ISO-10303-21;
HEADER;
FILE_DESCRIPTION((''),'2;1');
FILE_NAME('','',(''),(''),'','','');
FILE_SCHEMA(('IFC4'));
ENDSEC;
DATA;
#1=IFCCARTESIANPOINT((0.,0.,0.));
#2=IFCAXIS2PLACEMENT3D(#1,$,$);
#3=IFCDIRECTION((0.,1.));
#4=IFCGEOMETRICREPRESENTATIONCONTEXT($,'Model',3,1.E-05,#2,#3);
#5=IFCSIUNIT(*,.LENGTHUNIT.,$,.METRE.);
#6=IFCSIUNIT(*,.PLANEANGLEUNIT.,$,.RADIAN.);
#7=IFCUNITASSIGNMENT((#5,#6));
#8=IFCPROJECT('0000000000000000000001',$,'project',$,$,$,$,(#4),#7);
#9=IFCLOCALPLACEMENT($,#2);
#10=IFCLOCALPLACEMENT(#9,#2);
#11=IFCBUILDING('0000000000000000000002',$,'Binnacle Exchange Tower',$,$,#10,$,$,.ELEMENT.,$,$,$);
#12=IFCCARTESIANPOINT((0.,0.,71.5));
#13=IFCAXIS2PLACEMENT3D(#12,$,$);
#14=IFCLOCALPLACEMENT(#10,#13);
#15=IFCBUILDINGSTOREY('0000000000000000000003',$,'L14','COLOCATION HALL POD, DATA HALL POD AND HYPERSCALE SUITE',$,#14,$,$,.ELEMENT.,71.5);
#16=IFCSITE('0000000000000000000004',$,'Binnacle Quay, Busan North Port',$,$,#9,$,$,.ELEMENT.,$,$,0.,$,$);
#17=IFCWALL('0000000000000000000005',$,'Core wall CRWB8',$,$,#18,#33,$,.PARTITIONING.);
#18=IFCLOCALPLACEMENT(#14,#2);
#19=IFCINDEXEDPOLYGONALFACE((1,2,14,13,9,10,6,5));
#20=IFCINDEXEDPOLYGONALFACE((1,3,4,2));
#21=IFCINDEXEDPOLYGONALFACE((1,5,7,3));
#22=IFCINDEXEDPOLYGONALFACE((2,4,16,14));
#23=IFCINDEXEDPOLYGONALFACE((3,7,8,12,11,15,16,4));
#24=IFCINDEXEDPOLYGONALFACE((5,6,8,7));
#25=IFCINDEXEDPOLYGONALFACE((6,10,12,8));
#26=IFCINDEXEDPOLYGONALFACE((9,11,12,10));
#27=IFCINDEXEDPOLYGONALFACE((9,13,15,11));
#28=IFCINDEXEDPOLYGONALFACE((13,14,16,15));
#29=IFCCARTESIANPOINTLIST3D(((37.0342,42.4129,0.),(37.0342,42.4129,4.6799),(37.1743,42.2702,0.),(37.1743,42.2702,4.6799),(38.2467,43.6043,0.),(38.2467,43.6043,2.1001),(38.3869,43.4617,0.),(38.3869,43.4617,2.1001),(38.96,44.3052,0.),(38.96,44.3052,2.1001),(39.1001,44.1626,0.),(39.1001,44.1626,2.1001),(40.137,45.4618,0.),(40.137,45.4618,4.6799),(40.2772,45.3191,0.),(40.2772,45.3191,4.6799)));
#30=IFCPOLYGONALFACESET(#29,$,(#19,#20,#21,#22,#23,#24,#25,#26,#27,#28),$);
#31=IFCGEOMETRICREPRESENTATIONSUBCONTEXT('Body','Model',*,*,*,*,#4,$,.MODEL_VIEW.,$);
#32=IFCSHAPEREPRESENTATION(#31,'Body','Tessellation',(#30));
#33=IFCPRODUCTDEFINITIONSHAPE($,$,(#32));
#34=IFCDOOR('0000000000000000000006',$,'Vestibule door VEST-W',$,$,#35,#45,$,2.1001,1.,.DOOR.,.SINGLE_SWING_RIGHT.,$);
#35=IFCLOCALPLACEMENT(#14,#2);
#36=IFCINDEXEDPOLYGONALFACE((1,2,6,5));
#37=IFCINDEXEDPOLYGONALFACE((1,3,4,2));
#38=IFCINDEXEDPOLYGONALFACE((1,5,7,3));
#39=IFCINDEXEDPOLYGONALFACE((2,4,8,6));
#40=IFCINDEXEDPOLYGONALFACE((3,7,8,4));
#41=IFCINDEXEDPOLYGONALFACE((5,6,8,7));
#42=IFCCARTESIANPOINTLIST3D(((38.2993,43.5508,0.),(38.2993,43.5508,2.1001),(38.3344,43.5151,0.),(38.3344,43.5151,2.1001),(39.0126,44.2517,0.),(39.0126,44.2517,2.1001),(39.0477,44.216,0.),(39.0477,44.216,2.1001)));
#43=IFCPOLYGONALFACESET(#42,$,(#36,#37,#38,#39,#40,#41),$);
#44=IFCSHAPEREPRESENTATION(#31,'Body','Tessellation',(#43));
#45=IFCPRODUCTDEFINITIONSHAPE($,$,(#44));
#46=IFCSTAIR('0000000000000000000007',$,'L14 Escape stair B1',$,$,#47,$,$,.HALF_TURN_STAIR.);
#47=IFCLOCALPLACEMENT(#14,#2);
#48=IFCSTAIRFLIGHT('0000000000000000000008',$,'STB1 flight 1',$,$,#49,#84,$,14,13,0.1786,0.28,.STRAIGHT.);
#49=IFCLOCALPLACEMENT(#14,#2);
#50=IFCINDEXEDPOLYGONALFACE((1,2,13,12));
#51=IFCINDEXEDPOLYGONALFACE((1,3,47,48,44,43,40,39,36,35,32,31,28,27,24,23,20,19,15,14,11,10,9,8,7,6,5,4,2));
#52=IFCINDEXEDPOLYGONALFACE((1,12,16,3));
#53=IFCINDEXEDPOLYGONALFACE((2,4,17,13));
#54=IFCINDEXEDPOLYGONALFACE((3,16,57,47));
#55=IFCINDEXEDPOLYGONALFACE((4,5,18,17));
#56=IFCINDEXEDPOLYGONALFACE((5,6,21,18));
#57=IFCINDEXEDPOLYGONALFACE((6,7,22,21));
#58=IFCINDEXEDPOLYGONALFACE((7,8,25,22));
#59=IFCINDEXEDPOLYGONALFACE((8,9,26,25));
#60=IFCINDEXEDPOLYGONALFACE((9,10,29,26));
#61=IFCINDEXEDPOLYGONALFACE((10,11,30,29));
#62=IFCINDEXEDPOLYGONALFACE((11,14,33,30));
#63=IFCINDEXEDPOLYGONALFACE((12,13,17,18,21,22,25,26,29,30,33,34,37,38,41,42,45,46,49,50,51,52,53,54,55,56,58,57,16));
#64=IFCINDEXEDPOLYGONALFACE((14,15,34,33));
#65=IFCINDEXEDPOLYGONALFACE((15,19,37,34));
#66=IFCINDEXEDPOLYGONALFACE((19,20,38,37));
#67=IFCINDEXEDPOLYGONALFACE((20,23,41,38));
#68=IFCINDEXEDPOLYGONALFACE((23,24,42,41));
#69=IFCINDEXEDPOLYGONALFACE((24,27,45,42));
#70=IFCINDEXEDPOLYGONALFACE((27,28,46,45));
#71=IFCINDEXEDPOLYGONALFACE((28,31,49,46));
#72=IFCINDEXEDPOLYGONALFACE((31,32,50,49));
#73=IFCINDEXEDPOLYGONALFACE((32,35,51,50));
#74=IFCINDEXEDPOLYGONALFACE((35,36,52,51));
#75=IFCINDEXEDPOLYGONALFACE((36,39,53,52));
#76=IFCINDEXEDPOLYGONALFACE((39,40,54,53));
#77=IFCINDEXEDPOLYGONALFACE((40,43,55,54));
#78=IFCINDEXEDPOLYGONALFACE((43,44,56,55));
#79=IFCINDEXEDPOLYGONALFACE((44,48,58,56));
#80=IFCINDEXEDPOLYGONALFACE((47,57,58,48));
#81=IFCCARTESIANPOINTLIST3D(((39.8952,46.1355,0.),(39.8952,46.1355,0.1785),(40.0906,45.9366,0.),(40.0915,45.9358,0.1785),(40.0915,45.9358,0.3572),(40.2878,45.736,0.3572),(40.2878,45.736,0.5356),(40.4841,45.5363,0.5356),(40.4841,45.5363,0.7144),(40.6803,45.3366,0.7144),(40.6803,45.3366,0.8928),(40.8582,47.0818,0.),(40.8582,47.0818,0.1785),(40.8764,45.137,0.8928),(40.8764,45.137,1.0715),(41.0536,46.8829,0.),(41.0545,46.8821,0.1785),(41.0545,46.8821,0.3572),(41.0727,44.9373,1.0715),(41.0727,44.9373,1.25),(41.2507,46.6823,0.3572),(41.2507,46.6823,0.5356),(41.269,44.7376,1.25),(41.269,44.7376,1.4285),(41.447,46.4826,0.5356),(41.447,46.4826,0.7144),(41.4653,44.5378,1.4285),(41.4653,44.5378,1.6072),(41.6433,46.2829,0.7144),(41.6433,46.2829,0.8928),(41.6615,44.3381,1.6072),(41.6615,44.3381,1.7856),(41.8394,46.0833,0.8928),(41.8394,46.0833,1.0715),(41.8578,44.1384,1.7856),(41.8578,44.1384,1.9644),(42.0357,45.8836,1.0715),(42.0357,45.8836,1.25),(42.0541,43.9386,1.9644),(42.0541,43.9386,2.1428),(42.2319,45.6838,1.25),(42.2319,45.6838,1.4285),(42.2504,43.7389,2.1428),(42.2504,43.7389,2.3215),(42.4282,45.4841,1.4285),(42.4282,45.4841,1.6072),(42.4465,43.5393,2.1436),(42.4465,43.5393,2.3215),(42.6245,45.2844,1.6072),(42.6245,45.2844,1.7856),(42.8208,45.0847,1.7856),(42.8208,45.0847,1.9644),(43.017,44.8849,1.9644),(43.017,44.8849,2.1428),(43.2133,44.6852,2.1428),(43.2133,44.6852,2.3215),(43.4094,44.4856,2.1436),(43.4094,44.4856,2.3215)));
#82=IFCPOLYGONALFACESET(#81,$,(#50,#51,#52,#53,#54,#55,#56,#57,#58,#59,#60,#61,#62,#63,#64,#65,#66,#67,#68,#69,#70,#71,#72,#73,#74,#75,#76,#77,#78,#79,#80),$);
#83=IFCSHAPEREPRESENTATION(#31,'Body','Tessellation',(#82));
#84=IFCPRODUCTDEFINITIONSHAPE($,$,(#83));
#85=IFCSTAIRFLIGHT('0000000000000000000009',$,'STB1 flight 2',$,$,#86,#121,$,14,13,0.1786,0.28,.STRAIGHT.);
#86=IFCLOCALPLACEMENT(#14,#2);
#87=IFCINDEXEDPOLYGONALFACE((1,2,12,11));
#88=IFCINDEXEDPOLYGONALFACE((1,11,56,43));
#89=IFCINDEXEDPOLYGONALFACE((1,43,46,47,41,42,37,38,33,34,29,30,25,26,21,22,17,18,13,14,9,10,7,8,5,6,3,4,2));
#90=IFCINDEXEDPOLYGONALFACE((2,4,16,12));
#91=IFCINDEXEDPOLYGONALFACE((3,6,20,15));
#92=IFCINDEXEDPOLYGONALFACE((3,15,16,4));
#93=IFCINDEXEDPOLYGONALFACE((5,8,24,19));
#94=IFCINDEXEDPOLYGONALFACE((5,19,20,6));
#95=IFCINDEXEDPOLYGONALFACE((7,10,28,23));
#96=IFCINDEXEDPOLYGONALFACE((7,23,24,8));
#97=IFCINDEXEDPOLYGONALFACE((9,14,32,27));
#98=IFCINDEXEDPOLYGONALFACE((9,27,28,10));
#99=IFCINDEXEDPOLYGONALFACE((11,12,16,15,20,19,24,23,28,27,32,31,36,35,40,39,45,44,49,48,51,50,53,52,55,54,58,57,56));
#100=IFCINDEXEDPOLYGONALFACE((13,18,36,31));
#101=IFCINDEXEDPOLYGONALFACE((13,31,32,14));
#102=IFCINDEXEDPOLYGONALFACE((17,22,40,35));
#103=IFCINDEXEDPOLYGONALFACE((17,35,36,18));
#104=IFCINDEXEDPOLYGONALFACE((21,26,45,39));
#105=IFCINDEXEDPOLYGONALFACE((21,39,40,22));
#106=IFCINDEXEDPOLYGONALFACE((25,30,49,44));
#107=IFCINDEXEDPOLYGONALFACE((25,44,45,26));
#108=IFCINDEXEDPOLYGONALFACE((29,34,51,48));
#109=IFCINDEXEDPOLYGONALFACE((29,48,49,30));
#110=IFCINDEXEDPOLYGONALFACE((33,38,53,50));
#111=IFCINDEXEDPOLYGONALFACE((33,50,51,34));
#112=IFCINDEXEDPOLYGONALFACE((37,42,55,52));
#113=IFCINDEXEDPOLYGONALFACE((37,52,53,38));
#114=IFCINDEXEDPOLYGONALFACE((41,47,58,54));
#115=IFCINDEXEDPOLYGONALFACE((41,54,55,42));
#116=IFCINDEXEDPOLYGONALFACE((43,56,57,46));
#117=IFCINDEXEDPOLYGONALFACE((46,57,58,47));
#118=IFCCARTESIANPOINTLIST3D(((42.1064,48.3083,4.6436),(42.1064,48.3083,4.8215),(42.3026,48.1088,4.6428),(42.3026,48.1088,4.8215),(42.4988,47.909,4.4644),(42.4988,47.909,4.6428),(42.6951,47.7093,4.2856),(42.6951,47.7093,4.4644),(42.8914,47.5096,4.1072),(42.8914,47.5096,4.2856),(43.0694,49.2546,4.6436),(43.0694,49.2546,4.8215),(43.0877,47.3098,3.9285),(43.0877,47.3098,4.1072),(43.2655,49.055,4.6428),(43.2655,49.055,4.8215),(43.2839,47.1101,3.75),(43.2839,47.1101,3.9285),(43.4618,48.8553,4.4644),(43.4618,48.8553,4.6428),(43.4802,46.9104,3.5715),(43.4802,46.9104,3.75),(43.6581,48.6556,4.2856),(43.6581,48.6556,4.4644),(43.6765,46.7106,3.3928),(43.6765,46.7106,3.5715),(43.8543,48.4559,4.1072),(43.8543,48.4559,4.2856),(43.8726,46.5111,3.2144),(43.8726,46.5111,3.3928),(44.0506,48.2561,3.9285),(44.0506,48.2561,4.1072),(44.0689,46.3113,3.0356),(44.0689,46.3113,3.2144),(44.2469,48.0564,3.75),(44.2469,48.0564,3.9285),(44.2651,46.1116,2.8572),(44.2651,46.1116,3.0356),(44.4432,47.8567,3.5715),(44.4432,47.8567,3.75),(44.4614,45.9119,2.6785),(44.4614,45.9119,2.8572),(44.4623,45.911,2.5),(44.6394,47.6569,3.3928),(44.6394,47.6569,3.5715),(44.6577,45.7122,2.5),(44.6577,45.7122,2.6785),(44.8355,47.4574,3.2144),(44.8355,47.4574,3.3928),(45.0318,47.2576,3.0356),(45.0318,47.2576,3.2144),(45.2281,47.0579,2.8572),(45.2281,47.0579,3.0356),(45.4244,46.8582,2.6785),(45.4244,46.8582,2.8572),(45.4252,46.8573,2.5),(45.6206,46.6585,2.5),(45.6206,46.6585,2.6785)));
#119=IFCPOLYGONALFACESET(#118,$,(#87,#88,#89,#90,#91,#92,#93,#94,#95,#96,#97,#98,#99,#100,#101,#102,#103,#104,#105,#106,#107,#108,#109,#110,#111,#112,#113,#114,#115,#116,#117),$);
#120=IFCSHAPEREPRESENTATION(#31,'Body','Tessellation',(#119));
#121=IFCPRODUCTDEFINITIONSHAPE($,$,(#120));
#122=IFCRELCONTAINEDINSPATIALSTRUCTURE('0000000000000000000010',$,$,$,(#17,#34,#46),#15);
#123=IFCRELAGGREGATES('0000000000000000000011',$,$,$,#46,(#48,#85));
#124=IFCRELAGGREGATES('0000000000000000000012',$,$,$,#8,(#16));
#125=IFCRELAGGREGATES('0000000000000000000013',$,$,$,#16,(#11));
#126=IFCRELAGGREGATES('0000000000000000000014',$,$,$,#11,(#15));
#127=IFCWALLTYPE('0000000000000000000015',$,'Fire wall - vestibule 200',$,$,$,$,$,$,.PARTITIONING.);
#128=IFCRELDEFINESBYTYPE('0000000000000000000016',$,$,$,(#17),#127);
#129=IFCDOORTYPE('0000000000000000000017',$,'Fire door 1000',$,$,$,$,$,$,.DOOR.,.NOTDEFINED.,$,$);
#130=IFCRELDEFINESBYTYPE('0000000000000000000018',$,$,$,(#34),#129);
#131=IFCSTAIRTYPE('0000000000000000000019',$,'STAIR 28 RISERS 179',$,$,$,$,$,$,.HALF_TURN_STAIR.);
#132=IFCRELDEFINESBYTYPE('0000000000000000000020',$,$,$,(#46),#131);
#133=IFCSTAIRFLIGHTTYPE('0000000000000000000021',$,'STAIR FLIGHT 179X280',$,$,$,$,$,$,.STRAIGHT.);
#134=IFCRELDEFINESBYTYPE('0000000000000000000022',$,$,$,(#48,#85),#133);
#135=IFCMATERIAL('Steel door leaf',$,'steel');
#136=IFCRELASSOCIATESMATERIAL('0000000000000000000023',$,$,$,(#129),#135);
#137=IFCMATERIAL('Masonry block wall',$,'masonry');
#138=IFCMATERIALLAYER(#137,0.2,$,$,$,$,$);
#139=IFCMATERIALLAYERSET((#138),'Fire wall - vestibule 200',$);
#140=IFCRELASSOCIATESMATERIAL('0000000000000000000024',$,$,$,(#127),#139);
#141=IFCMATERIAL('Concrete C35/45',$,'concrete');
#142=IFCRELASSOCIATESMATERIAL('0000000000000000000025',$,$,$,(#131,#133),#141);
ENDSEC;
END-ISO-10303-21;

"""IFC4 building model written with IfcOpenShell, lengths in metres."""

from ifc_helpers import new_model, si_unit, direction, frame, frame_2d, origin, place, context, subcontext, project, spatial, polyline, rectangle, outline, extrude, material, layer, layer_set, type_object, element, fill, aggregate, save


model = new_model("IFC4")

# Units and contexts
model_context = context("Model", 3, precision=1e-05, world=origin(), true_north=direction((0.0, 1.0)))
body_context = subcontext(model_context, "Body", "Model", "MODEL_VIEW")
ifc_project = project(units=[si_unit("LENGTHUNIT", "METRE"), si_unit("PLANEANGLEUNIT", "RADIAN")], contexts=[model_context])

# Site, building, storey
site_placement = place(None, origin())
site = spatial("IfcSite", under=ifc_project, at=site_placement, Name="Binnacle Quay, Busan North Port", CompositionType="ELEMENT", RefElevation=0.0)
building_placement = place(site_placement, origin())
building = spatial("IfcBuilding", under=site, at=building_placement, Name="Binnacle Exchange Tower", CompositionType="ELEMENT")
storey_placement = place(building_placement, frame((0.0, 0.0, 71.5)))
storey = spatial("IfcBuildingStorey", under=building, at=storey_placement, Name="L14", Description="COLOCATION HALL POD, DATA HALL POD AND HYPERSCALE SUITE", CompositionType="ELEMENT", Elevation=71.5)

# Shared definitions
ifc_material_1 = material(Name="Steel door leaf", Category="steel")
door_type = type_object("IfcDoorType", Name="Fire door 1000", OperationType="NOTDEFINED", PredefinedType="DOOR", material=ifc_material_1)

# Wall, opening, door
ifc_material_2 = material(Name="Masonry block wall", Category="masonry")
ifc_layer_1 = layer(ifc_material_2, 0.2)
ifc_layer_set_1 = layer_set([ifc_layer_1], Name="Fire wall - vestibule 200")
wall_type_1 = type_object("IfcWallType", Name="Fire wall - vestibule 200", PredefinedType="PARTITIONING", material=ifc_layer_set_1)
wall_1_placement = place(storey_placement, frame((37.1042, 42.3416, 0.0), z_axis=(0.0, 0.0, 1.0), x_axis=(0.713281, 0.700878, 0.0)))
wall_1 = element("IfcWall", 1, at=wall_1_placement, inside=storey, type_object=wall_type_1, Name="Core wall CRWB8", PredefinedType="PARTITIONING", context=body_context, shape_type="SweptSolid", body=[
    extrude(rectangle(XDim=4.3501, YDim=0.2, at=frame_2d((2.175, 0.0))), origin(), (0.0, 0.0, 1.0), 4.6799),
])
opening_1_placement = place(wall_1_placement, frame((1.7, 0.0, 0.0)))
opening_1 = element("IfcOpeningElement", 2, at=opening_1_placement, cuts=wall_1, PredefinedType="OPENING", context=body_context, shape_type="SweptSolid", body=[
    extrude(rectangle(XDim=1.0, YDim=2.1001, at=frame_2d((0.5, 1.05))), frame((0.0, 0.1099, 0.0), z_axis=(0.0, -1.0, 0.0), x_axis=(1.0, 0.0, 0.0)), (0.0, 0.0, 1.0), 0.22),
])
door_1_placement = place(opening_1_placement, origin())
door_1 = element("IfcDoor", 3, at=door_1_placement, inside=storey, type_object=door_type, Name="Vestibule door VEST-W", OperationType="SINGLE_SWING_RIGHT", OverallHeight=2.1001, OverallWidth=1.0, PredefinedType="DOOR", context=body_context, shape_type="SweptSolid", body=[
    extrude(rectangle(XDim=1.0, YDim=2.1001, at=frame_2d((0.5, 1.05))), frame((0.0, 0.0249, 0.0), z_axis=(0.0, -1.0, 0.0), x_axis=(1.0, 0.0, 0.0)), (0.0, 0.0, 1.0), 0.05),
])
fill(opening_1, door_1)

# Stair, stair flights
ifc_material_3 = material(Name="Concrete C35/45", Category="concrete")
stair_type = type_object("IfcStairType", Name="STAIR 28 RISERS 179", PredefinedType="HALF_TURN_STAIR", material=ifc_material_3)
stair_placement = place(storey_placement, origin())
stair = element("IfcStair", 4, at=stair_placement, inside=storey, type_object=stair_type, Name="L14 Escape stair B1", PredefinedType="HALF_TURN_STAIR")
stair_flight_type = type_object("IfcStairFlightType", Name="STAIR FLIGHT 179X280", PredefinedType="STRAIGHT", material=ifc_material_3)
stair_flight_1_placement = place(storey_placement, frame((40.3767, 46.6086, 0.0), z_axis=(0.0, 0.0, 1.0), x_axis=(0.700909, -0.71325, 0.0)))
stair_flight_1 = element("IfcStairFlight", 5, at=stair_flight_1_placement, type_object=stair_flight_type, Name="STB1 flight 1", NumberOfRisers=14, NumberOfTreads=13, PredefinedType="STRAIGHT", RiserHeight=0.1786, TreadLength=0.28, context=body_context, shape_type="SweptSolid", body=[
    extrude(outline(polyline([(0.0, 0.0), (0.0, 0.1785), (0.28, 0.1785), (0.28, 0.3572), (0.5601, 0.3572), (0.5601, 0.5356), (0.8401, 0.5356), (0.8401, 0.7144), (1.1201, 0.7144), (1.1201, 0.8928), (1.3999, 0.8928), (1.3999, 1.0715), (1.6799, 1.0715), (1.6799, 1.25), (1.96, 1.25), (1.96, 1.4285), (2.24, 1.4285), (2.24, 1.6072), (2.52, 1.6072), (2.52, 1.7856), (2.8, 1.7856), (2.8, 1.9644), (3.0801, 1.9644), (3.0801, 2.1428), (3.3601, 2.1428), (3.3601, 2.3215), (3.6399, 2.3215), (3.6399, 2.5), (3.6399, 2.1436), (0.2788, 0.0), (0.0, 0.0)])), frame((0.0, 0.675, 0.0), z_axis=(0.0, -1.0, 0.0), x_axis=(1.0, 0.0, 0.0)), (0.0, 0.0, 1.0), 1.3501),
])
stair_flight_2_placement = place(storey_placement, frame((45.1392, 46.1853, 2.5), z_axis=(0.0, 0.0, 1.0), x_axis=(-0.700909, 0.71325, 0.0)))
stair_flight_2 = element("IfcStairFlight", 6, at=stair_flight_2_placement, type_object=stair_flight_type, Name="STB1 flight 2", NumberOfRisers=14, NumberOfTreads=13, PredefinedType="STRAIGHT", RiserHeight=0.1786, TreadLength=0.28, context=body_context, shape_type="SweptSolid", body=[
    extrude(outline(polyline([(0.0, 0.0), (0.0, 0.1785), (0.28, 0.1785), (0.28, 0.3572), (0.5601, 0.3572), (0.5601, 0.5356), (0.8401, 0.5356), (0.8401, 0.7144), (1.1201, 0.7144), (1.1201, 0.8928), (1.3999, 0.8928), (1.3999, 1.0715), (1.6799, 1.0715), (1.6799, 1.25), (1.96, 1.25), (1.96, 1.4285), (2.24, 1.4285), (2.24, 1.6072), (2.52, 1.6072), (2.52, 1.7856), (2.8, 1.7856), (2.8, 1.9644), (3.0801, 1.9644), (3.0801, 2.1428), (3.3601, 2.1428), (3.3601, 2.3215), (3.6399, 2.3215), (3.6399, 2.5), (3.6399, 2.1436), (0.2788, 0.0), (0.0, 0.0)])), frame((0.0, 0.675, 0.0), z_axis=(0.0, -1.0, 0.0), x_axis=(1.0, 0.0, 0.0)), (0.0, 0.0, 1.0), 1.3501),
])
aggregate(stair, [stair_flight_1, stair_flight_2])

save(model, "model.ifc")
